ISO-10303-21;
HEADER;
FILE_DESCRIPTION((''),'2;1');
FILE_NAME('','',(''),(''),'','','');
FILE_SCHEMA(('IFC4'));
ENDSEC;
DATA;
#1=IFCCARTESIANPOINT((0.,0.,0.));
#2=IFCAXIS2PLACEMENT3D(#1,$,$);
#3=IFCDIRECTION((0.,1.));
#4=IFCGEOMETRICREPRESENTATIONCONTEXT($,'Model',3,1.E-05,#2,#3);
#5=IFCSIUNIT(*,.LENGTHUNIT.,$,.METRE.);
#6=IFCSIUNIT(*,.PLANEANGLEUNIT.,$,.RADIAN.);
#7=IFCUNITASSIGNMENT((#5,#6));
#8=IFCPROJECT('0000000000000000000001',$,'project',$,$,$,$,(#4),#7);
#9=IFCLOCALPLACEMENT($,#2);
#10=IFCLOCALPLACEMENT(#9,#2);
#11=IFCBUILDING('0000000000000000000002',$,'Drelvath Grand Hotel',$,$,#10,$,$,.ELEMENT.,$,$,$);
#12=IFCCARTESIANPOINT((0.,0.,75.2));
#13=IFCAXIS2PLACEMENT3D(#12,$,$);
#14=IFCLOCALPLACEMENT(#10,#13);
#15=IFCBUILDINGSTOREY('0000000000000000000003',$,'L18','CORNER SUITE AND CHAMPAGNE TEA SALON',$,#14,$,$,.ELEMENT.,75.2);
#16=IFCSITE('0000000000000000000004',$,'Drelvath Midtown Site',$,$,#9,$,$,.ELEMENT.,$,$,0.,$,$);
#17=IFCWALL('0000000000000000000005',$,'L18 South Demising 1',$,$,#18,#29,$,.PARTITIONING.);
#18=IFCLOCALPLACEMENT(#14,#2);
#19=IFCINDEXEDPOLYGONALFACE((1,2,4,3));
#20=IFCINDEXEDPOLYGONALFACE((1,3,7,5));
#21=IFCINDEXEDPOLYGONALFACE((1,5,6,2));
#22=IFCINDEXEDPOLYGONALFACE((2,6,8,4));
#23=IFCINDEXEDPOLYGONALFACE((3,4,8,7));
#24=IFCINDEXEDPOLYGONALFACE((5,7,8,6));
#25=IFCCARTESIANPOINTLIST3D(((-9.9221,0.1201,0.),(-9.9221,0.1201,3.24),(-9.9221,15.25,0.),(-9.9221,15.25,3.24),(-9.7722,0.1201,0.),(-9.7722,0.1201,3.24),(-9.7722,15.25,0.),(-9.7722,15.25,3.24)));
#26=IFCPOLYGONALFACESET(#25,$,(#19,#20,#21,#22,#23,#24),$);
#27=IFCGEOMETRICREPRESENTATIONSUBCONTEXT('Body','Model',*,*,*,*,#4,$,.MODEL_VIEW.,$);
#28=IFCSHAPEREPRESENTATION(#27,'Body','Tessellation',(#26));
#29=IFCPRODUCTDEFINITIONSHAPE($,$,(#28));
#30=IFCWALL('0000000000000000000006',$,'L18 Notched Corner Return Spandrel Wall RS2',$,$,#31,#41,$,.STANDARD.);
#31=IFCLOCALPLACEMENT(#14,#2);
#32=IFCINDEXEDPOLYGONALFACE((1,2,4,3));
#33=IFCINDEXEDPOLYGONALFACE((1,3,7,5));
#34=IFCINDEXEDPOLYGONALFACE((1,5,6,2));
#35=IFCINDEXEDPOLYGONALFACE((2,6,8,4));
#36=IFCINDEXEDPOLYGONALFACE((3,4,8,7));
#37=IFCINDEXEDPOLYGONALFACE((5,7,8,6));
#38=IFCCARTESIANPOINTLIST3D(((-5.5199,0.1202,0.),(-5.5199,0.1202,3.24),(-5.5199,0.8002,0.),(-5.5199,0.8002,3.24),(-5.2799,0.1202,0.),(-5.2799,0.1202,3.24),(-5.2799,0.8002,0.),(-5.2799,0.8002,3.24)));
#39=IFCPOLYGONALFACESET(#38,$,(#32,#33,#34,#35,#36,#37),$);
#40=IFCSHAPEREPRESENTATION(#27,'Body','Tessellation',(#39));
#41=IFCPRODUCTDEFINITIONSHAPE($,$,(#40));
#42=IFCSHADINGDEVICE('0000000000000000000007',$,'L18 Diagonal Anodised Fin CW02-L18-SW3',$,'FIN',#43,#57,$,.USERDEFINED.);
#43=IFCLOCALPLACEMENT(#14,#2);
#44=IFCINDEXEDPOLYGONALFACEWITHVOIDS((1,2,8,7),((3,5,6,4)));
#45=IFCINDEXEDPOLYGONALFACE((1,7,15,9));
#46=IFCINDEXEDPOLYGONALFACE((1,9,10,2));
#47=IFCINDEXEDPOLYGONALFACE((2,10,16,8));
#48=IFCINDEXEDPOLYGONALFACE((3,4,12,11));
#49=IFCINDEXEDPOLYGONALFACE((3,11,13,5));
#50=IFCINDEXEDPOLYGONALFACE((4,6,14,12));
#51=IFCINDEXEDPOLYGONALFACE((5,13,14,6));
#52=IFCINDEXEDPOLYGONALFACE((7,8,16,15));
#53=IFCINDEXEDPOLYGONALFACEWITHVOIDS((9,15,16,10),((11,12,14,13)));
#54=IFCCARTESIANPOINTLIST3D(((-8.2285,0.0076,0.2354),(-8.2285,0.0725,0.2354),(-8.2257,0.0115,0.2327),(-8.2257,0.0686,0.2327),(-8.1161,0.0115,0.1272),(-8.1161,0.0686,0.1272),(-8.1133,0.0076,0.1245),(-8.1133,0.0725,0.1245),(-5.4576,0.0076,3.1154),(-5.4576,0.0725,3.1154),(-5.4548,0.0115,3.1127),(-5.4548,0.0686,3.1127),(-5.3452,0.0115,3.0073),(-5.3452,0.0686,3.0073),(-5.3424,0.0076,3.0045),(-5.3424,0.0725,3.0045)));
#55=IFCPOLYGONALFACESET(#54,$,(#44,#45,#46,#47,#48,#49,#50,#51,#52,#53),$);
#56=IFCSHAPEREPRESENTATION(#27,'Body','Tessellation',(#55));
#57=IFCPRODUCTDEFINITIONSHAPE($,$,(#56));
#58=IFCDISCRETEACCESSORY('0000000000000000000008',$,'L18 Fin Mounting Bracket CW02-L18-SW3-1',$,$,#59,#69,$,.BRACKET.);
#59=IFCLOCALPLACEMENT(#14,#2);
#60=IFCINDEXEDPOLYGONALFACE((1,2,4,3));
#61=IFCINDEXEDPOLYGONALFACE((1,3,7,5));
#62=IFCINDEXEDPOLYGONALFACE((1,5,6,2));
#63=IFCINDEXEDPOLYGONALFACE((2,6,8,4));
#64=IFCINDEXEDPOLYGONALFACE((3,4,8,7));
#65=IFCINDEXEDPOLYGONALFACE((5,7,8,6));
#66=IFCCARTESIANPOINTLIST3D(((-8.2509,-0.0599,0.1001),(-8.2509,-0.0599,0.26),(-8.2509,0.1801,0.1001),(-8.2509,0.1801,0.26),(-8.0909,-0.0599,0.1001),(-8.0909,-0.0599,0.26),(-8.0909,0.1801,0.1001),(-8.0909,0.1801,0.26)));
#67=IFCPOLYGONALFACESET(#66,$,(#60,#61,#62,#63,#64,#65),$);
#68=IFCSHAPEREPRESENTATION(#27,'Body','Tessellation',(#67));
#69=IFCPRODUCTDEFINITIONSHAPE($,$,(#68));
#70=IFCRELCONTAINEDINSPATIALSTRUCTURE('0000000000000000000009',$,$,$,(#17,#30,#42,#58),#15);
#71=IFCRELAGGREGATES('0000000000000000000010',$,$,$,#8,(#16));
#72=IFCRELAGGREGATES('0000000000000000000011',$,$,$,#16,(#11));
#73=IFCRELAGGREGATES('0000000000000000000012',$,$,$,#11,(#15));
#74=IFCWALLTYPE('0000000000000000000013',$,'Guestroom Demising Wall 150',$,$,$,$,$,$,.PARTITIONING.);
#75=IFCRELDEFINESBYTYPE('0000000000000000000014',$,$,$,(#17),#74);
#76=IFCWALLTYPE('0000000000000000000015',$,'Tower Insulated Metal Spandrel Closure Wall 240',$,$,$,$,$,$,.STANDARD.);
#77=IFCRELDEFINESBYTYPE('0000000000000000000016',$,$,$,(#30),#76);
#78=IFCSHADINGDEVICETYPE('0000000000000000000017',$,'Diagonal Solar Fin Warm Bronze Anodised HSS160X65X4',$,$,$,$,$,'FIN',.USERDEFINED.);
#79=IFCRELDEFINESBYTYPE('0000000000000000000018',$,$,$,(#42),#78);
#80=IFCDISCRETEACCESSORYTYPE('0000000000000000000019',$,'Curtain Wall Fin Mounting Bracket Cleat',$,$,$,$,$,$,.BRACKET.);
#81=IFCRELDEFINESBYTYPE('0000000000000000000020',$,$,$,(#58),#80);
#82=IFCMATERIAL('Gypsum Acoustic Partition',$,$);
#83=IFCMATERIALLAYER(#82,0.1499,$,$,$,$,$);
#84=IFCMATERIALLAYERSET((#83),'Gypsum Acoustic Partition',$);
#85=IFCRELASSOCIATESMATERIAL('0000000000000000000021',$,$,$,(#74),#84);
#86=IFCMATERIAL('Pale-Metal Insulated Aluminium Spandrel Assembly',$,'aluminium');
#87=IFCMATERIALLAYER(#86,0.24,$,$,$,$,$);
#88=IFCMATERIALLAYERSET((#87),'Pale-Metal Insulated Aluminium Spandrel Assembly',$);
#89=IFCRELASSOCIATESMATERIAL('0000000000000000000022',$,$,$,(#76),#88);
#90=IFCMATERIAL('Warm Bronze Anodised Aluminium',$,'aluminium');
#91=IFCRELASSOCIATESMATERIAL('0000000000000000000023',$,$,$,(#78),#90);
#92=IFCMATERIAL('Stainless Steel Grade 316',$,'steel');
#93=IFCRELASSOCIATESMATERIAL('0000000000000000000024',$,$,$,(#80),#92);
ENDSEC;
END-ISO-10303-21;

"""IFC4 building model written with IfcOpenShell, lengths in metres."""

from ifc_helpers import new_model, si_unit, direction, frame, frame_2d, origin, origin_2d, place, context, subcontext, project, spatial, rectangle, hollow_rectangle, extrude, material, layer, layer_set, material_profile, profile_set, type_object, element, save


model = new_model("IFC4")

# Units and contexts
model_context = context("Model", 3, precision=1e-05, world=origin(), true_north=direction((0.0, 1.0)))
body_context = subcontext(model_context, "Body", "Model", "MODEL_VIEW")
ifc_project = project(units=[si_unit("LENGTHUNIT", "METRE"), si_unit("PLANEANGLEUNIT", "RADIAN")], contexts=[model_context])

# Site, building, storey
site_placement = place(None, origin())
site = spatial("IfcSite", under=ifc_project, at=site_placement, Name="Drelvath Midtown Site", CompositionType="ELEMENT", RefElevation=0.0)
building_placement = place(site_placement, origin())
building = spatial("IfcBuilding", under=site, at=building_placement, Name="Drelvath Grand Hotel", CompositionType="ELEMENT")
storey_placement = place(building_placement, frame((0.0, 0.0, 75.2)))
storey = spatial("IfcBuildingStorey", under=building, at=storey_placement, Name="L18", Description="CORNER SUITE AND CHAMPAGNE TEA SALON", CompositionType="ELEMENT", Elevation=75.2)

# Walls
ifc_material_1 = material(Name="Gypsum Acoustic Partition")
ifc_layer_1 = layer(ifc_material_1, 0.1499)
ifc_layer_set_1 = layer_set([ifc_layer_1], Name="Gypsum Acoustic Partition")
wall_type_1 = type_object("IfcWallType", Name="Guestroom Demising Wall 150", PredefinedType="PARTITIONING", material=ifc_layer_set_1)
wall_1_placement = place(storey_placement, frame((-9.8472, 0.1201, 0.0), z_axis=(0.0, 0.0, 1.0), x_axis=(0.0, 1.0, 0.0)))
element("IfcWall", 1, at=wall_1_placement, inside=storey, type_object=wall_type_1, Name="L18 South Demising 1", PredefinedType="PARTITIONING", context=body_context, shape_type="SweptSolid", body=[
    extrude(rectangle(XDim=15.1299, YDim=0.1499, at=frame_2d((7.5649, 0.0))), origin(), (0.0, 0.0, 1.0), 3.24),
])
ifc_material_2 = material(Name="Pale-Metal Insulated Aluminium Spandrel Assembly", Category="aluminium")
ifc_layer_2 = layer(ifc_material_2, 0.24)
ifc_layer_set_2 = layer_set([ifc_layer_2], Name="Pale-Metal Insulated Aluminium Spandrel Assembly")
wall_type_2 = type_object("IfcWallType", Name="Tower Insulated Metal Spandrel Closure Wall 240", PredefinedType="STANDARD", material=ifc_layer_set_2)
wall_2_placement = place(storey_placement, frame((-5.3999, 0.8, 0.0), z_axis=(0.0, 0.0, 1.0), x_axis=(0.0, -1.0, 0.0)))
element("IfcWall", 2, at=wall_2_placement, inside=storey, type_object=wall_type_2, Name="L18 Notched Corner Return Spandrel Wall RS2", PredefinedType="STANDARD", context=body_context, shape_type="SweptSolid", body=[
    extrude(rectangle(XDim=0.6799, YDim=0.24, at=frame_2d((0.3398, 0.0))), origin(), (0.0, 0.0, 1.0), 3.24),
])

# Shading device
ifc_material_3 = material(Name="Warm Bronze Anodised Aluminium", Category="aluminium")
ifc_material_profile_1 = material_profile(ifc_material_3, hollow_rectangle(XDim=0.0649, YDim=0.1599, WallThickness=0.0039, at=origin_2d()), Name="HSS160X65X4")
ifc_profile_set_1 = profile_set([ifc_material_profile_1], Name="Warm Bronze Anodised Aluminium")
shading_device_type = type_object("IfcShadingDeviceType", Name="Diagonal Solar Fin Warm Bronze Anodised HSS160X65X4", ElementType="FIN", PredefinedType="USERDEFINED", material=ifc_profile_set_1)
shading_device_placement = place(storey_placement, frame((-8.1709, 0.04, 0.1799), z_axis=(0.693322, 0.0, 0.720628), x_axis=(0.0, 1.0, 0.0)))
element("IfcShadingDevice", 3, at=shading_device_placement, inside=storey, type_object=shading_device_type, Name="L18 Diagonal Anodised Fin CW02-L18-SW3", ObjectType="FIN", PredefinedType="USERDEFINED", context=body_context, shape_type="SweptSolid", body=[
    extrude(hollow_rectangle(XDim=0.0649, YDim=0.1599, WallThickness=0.0039, at=origin_2d()), origin(), (0.0, 0.0, 1.0), 3.9966),
])

# Discrete accessory
ifc_material_4 = material(Name="Stainless Steel Grade 316", Category="steel")
discrete_accessory_type = type_object("IfcDiscreteAccessoryType", Name="Curtain Wall Fin Mounting Bracket Cleat", PredefinedType="BRACKET", material=ifc_material_4)
discrete_accessory_placement = place(storey_placement, frame((-8.1709, 0.0601, 0.1001), z_axis=(0.0, 0.0, 1.0), x_axis=(-1.0, 0.0, 0.0)))
element("IfcDiscreteAccessory", 4, at=discrete_accessory_placement, inside=storey, type_object=discrete_accessory_type, Name="L18 Fin Mounting Bracket CW02-L18-SW3-1", PredefinedType="BRACKET", context=body_context, shape_type="SweptSolid", body=[
    extrude(rectangle(XDim=0.1599, YDim=0.24, at=origin_2d()), origin(), (0.0, 0.0, 1.0), 0.1599),
])

save(model, "model.ifc")
